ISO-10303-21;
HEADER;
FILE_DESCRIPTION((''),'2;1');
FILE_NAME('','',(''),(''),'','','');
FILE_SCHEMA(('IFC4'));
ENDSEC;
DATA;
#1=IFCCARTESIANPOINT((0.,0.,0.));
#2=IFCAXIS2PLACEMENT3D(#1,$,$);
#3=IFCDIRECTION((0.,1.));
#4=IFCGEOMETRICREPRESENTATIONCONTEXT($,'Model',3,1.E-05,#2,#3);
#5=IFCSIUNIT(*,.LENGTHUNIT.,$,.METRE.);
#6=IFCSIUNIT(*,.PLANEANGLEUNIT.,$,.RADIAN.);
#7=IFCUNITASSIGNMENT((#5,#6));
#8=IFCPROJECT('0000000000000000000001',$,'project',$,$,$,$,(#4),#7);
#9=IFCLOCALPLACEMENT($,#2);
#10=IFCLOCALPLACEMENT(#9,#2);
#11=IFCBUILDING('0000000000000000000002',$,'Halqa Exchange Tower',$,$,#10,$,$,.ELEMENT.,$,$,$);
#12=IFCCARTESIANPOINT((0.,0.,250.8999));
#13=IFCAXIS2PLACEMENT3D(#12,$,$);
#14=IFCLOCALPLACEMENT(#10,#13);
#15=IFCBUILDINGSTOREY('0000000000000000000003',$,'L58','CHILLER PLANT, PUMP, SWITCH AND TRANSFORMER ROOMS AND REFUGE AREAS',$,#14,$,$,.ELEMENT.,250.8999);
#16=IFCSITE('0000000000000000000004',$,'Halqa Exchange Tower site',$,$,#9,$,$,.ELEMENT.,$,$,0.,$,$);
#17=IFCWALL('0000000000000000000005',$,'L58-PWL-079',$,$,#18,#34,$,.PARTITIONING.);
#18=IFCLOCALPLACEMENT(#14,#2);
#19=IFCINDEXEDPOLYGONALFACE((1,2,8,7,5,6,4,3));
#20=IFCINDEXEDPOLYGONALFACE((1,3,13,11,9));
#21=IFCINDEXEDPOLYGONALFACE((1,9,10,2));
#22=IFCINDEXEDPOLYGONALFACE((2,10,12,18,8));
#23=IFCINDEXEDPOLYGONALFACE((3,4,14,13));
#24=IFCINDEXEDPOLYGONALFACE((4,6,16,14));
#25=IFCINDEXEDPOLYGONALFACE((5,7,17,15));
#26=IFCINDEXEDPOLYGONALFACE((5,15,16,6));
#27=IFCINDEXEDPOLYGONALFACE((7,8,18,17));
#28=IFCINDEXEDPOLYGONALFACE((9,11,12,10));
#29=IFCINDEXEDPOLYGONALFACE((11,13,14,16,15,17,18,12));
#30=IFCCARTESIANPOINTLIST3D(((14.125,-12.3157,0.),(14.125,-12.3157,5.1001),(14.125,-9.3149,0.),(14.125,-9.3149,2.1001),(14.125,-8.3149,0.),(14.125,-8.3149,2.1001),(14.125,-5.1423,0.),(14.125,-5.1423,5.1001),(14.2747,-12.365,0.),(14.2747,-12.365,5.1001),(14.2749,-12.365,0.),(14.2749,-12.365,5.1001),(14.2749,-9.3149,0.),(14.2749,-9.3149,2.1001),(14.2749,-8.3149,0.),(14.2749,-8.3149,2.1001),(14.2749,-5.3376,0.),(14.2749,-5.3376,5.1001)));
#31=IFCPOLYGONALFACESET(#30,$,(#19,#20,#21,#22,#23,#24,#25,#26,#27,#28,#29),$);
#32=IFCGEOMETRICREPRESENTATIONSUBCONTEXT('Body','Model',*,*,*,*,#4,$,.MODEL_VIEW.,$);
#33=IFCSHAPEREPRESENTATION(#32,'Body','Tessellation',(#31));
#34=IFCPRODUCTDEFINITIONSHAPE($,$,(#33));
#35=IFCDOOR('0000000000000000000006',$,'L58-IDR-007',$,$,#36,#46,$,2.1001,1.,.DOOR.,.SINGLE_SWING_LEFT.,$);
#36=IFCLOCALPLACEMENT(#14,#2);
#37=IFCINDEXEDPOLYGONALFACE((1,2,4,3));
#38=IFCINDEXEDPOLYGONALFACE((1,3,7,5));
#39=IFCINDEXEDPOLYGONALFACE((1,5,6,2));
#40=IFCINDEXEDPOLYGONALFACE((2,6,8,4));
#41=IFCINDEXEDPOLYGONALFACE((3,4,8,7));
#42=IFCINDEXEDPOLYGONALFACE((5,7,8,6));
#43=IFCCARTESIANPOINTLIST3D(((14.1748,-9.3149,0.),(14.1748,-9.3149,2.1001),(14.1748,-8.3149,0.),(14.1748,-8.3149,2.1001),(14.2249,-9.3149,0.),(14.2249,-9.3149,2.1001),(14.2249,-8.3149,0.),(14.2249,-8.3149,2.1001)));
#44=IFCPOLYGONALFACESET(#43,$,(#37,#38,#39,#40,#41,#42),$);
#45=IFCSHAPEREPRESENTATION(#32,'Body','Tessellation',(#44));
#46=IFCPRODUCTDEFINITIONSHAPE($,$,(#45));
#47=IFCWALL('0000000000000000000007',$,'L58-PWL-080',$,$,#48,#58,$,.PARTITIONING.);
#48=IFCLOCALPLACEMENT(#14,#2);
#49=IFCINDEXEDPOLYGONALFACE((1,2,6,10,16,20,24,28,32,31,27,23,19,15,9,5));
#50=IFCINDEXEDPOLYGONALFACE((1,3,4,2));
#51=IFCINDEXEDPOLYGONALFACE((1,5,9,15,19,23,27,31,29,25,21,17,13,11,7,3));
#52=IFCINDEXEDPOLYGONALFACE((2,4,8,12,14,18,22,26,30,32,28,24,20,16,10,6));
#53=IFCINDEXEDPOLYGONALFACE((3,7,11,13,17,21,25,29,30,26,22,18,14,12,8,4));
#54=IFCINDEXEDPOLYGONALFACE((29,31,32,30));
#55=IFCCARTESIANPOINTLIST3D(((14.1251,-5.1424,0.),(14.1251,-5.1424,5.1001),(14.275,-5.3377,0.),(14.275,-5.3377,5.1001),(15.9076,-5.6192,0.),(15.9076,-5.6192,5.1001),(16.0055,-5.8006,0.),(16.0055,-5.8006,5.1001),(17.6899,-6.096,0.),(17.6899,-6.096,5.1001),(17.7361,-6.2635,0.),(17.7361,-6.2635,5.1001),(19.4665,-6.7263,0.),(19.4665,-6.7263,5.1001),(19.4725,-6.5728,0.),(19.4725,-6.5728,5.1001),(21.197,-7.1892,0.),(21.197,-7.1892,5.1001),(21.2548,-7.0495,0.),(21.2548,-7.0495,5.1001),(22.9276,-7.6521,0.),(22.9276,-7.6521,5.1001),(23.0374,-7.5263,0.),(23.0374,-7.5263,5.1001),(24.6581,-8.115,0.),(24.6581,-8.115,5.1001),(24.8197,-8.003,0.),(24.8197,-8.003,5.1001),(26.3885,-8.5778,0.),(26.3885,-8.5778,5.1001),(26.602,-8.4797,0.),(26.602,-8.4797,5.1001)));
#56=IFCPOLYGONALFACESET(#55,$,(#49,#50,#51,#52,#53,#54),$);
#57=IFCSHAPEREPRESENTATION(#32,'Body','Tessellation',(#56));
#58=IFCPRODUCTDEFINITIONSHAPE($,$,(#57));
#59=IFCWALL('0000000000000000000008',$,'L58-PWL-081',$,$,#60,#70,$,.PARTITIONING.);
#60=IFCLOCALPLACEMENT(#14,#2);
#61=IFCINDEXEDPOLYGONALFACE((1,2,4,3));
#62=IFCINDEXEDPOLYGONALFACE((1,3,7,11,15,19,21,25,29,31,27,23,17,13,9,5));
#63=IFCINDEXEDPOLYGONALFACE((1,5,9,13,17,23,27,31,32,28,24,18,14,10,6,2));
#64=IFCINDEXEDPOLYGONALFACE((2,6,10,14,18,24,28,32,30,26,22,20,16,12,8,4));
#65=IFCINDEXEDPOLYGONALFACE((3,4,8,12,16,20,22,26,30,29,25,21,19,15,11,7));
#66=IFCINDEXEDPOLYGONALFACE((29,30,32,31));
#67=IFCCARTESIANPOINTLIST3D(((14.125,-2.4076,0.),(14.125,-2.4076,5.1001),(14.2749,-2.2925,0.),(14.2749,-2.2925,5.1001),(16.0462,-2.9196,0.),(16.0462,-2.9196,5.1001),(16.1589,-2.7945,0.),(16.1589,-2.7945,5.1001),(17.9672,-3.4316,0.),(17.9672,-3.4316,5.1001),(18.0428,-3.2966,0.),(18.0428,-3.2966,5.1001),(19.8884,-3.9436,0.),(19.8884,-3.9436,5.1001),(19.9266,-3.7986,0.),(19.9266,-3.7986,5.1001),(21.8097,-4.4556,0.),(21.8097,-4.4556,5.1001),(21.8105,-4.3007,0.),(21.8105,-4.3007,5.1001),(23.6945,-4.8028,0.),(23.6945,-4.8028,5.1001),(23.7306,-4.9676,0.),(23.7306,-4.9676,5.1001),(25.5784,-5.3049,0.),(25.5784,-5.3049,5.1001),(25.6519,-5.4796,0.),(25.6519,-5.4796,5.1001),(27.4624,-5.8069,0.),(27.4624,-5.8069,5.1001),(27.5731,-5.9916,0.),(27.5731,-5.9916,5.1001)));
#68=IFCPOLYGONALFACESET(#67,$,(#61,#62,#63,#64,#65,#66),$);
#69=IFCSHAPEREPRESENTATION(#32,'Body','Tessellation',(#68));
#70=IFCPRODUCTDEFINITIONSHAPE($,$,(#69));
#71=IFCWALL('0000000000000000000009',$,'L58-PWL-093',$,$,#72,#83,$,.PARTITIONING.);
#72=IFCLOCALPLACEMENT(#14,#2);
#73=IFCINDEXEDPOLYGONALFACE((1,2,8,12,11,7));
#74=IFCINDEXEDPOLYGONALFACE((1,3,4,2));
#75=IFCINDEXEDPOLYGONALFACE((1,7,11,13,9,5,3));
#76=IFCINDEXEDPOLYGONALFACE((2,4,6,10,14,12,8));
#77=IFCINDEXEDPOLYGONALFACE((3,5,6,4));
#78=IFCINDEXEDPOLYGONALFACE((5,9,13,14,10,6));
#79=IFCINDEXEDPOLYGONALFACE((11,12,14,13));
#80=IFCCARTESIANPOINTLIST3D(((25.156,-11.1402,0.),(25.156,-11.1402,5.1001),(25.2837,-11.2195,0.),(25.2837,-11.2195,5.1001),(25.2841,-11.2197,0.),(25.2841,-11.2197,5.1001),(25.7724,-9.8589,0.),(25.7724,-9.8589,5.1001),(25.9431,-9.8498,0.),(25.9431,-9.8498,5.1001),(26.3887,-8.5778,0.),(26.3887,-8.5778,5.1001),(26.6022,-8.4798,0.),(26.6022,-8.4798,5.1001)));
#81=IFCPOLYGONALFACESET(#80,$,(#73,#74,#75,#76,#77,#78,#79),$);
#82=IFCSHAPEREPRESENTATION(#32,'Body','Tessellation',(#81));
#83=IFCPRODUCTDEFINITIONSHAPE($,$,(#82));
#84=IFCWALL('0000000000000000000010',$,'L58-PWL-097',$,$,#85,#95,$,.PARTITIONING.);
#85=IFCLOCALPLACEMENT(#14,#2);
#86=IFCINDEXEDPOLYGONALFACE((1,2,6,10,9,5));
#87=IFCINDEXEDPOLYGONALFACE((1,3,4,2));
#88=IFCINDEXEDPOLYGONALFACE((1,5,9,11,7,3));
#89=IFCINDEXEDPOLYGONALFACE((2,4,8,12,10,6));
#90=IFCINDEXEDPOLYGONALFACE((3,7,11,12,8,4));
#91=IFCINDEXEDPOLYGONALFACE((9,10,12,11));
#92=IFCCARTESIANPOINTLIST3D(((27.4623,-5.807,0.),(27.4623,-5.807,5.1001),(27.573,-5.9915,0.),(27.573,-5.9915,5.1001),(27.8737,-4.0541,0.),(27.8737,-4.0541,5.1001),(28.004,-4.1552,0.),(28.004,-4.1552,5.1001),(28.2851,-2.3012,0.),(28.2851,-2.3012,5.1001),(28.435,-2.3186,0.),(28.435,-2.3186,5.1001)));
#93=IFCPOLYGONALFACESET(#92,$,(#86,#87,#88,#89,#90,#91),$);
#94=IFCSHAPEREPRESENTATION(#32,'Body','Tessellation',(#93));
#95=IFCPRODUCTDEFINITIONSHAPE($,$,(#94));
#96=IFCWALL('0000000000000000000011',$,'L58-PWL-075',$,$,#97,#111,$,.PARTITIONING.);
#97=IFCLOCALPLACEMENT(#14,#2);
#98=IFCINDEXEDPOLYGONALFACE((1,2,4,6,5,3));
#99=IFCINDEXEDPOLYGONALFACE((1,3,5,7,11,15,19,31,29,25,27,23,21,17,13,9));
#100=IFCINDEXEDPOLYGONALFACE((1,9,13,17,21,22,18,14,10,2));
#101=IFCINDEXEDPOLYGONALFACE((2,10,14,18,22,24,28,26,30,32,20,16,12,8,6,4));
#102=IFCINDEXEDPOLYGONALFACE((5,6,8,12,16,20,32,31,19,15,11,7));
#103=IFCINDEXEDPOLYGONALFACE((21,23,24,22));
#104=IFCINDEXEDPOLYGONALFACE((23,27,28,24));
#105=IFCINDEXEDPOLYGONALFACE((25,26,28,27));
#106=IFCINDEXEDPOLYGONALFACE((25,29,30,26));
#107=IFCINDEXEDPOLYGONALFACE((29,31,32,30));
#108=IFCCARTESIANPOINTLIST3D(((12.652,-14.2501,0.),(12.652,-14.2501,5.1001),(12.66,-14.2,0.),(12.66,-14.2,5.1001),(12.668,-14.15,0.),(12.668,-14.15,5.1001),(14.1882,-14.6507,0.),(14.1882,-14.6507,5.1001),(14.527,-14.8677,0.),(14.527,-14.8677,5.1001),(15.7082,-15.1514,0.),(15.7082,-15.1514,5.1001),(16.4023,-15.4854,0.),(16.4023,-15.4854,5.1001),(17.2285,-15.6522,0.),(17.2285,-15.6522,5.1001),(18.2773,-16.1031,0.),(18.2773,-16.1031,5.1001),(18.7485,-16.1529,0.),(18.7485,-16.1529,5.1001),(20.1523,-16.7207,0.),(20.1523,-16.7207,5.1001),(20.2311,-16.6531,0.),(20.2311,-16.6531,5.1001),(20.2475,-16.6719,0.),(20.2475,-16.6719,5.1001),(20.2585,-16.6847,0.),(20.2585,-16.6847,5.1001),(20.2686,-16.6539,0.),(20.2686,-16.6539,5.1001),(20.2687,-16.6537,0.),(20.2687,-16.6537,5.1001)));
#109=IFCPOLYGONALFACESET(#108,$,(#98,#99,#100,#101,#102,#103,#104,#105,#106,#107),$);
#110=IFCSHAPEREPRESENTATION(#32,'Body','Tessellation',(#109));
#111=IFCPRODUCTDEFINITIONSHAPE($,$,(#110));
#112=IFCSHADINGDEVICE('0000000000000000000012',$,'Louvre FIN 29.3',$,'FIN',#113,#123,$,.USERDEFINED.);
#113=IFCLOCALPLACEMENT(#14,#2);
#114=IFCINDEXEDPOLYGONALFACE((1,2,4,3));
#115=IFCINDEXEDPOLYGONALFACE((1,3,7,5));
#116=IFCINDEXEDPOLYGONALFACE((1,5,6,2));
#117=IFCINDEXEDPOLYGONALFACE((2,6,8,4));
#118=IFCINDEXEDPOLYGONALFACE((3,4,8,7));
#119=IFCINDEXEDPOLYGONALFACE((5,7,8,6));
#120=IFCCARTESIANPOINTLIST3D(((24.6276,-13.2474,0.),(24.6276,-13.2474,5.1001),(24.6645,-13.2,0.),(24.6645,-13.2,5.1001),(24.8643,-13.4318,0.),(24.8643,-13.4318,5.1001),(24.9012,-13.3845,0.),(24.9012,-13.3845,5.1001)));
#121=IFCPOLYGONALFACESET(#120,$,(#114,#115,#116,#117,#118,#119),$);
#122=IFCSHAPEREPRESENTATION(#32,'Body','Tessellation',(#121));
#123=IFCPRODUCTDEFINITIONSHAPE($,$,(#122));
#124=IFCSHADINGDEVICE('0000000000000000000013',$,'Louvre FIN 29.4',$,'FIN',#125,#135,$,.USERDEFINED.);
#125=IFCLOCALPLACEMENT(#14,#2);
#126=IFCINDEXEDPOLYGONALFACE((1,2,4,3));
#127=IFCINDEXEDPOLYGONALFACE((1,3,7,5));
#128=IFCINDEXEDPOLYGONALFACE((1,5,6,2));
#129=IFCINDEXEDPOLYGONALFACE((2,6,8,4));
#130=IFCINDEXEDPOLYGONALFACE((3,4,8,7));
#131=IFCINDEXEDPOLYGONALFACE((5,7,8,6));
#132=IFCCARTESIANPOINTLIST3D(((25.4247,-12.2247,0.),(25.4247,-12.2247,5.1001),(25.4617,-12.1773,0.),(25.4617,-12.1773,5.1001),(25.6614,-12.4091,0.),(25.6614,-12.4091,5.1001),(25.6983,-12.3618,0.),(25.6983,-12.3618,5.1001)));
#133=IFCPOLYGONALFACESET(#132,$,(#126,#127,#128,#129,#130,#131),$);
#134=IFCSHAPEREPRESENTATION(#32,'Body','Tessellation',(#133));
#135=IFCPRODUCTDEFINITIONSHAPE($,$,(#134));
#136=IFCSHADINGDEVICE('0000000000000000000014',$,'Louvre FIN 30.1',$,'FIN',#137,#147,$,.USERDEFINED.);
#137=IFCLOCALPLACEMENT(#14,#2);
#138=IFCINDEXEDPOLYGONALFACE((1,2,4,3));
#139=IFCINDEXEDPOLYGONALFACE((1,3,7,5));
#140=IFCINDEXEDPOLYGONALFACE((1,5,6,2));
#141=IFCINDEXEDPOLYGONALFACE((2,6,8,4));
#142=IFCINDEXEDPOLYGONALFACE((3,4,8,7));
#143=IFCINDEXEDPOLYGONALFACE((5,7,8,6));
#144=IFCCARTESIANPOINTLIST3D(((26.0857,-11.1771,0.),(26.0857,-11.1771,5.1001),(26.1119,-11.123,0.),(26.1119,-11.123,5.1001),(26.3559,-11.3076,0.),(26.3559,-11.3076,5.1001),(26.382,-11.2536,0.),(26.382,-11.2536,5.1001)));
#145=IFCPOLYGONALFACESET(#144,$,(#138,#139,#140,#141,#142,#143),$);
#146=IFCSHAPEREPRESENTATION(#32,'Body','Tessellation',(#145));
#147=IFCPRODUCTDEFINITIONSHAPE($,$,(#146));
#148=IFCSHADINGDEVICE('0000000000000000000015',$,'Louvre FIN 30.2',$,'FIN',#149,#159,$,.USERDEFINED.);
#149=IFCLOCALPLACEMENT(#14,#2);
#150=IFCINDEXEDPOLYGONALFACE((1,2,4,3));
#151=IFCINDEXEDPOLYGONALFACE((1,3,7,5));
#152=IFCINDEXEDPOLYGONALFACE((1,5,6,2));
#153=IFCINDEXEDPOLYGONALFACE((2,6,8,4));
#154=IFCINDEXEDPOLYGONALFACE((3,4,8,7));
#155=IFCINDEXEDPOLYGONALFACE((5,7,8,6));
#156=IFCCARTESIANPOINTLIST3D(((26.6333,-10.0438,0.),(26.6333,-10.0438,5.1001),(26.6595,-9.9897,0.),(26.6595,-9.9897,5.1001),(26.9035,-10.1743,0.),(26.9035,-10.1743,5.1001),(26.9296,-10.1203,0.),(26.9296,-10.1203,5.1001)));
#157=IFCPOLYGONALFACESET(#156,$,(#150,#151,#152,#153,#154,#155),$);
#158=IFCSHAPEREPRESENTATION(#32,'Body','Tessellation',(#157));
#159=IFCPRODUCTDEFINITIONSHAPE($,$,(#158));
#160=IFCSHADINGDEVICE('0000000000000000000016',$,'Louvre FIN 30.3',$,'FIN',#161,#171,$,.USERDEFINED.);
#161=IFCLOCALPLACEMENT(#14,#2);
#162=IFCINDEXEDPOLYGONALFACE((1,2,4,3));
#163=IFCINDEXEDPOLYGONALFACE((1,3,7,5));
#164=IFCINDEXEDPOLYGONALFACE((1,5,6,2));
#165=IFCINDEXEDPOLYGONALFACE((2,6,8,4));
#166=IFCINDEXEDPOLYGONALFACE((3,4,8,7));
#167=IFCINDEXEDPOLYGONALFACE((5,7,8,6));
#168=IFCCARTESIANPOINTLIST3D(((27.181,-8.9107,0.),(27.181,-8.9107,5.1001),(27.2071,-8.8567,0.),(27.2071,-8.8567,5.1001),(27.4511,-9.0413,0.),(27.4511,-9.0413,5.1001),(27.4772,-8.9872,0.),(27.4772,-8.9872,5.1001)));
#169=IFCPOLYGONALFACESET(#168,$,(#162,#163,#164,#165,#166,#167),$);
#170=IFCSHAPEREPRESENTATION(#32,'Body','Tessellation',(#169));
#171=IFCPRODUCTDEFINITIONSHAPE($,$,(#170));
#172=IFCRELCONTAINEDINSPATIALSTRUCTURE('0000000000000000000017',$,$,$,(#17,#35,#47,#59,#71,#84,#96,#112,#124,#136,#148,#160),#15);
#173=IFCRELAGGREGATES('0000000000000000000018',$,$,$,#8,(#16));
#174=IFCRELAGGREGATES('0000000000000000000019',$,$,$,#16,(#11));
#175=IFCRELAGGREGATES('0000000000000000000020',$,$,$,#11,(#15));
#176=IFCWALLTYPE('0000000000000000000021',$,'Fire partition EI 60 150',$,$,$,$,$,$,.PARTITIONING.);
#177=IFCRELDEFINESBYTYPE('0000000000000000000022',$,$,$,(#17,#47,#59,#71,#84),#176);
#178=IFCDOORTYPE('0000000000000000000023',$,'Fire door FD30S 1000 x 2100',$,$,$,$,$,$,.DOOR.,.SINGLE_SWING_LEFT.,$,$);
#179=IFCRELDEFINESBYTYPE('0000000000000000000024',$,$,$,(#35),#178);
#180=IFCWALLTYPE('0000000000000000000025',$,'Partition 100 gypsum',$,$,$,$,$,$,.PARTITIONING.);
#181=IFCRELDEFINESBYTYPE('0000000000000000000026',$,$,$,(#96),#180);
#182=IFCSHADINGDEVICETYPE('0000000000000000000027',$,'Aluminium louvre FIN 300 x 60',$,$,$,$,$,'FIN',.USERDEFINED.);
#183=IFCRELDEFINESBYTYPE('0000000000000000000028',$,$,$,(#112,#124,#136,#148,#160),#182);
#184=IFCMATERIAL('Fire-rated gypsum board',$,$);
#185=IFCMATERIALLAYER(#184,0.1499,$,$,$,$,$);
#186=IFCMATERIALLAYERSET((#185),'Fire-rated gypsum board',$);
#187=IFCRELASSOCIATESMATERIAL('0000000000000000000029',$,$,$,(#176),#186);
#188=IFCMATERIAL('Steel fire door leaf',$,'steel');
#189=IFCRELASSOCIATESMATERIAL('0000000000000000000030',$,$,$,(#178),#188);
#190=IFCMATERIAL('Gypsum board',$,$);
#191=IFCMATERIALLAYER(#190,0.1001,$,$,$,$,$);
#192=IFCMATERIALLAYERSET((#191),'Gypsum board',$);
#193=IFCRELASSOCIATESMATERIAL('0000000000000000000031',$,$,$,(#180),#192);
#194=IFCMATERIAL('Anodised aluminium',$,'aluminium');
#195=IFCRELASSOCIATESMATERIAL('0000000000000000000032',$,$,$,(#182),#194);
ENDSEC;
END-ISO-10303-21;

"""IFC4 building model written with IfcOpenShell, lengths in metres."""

from ifc_helpers import new_model, si_unit, direction, frame, frame_2d, origin, origin_2d, place, context, subcontext, project, spatial, polyline, rectangle, outline, extrude, material, layer, layer_set, material_profile, profile_set, type_object, element, fill, save


model = new_model("IFC4")

# Units and contexts
model_context = context("Model", 3, precision=1e-05, world=origin(), true_north=direction((0.0, 1.0)))
body_context = subcontext(model_context, "Body", "Model", "MODEL_VIEW")
ifc_project = project(units=[si_unit("LENGTHUNIT", "METRE"), si_unit("PLANEANGLEUNIT", "RADIAN")], contexts=[model_context])

# Site, building, storey
site_placement = place(None, origin())
site = spatial("IfcSite", under=ifc_project, at=site_placement, Name="Halqa Exchange Tower site", CompositionType="ELEMENT", RefElevation=0.0)
building_placement = place(site_placement, origin())
building = spatial("IfcBuilding", under=site, at=building_placement, Name="Halqa Exchange Tower", CompositionType="ELEMENT")
storey_placement = place(building_placement, frame((0.0, 0.0, 250.8999)))
storey = spatial("IfcBuildingStorey", under=building, at=storey_placement, Name="L58", Description="CHILLER PLANT, PUMP, SWITCH AND TRANSFORMER ROOMS AND REFUGE AREAS", CompositionType="ELEMENT", Elevation=250.8999)

# Wall, opening, door
ifc_material_1 = material(Name="Fire-rated gypsum board")
ifc_layer_1 = layer(ifc_material_1, 0.1499)
ifc_layer_set_1 = layer_set([ifc_layer_1], Name="Fire-rated gypsum board")
wall_type_1 = type_object("IfcWallType", Name="Fire partition EI 60 150", PredefinedType="PARTITIONING", material=ifc_layer_set_1)
wall_1_placement = place(storey_placement, frame((14.2, -5.1423, 0.0), z_axis=(0.0, 0.0, 1.0), x_axis=(0.0, -1.0, 0.0)))
wall_1 = element("IfcWall", 1, at=wall_1_placement, inside=storey, type_object=wall_type_1, Name="L58-PWL-079", PredefinedType="PARTITIONING", context=body_context, shape_type="SweptSolid", body=[
    extrude(outline(polyline([(0.0, -0.075), (1.7932, -0.075), (3.5867, -0.075), (5.3799, -0.075), (7.1733, -0.075), (7.2227, 0.0747), (7.2227, 0.075), (5.4658, 0.075), (3.709, 0.075), (1.9521, 0.075), (0.1953, 0.075), (0.0977, 0.0), (0.0, -0.075), (0.0, -0.075)])), origin(), (0.0, 0.0, 1.0), 5.1001),
])
opening_placement = place(wall_1_placement, frame((3.1726, 0.0, 0.0)))
opening = element("IfcOpeningElement", 2, at=opening_placement, cuts=wall_1, PredefinedType="OPENING", context=body_context, shape_type="SweptSolid", body=[
    extrude(rectangle(XDim=1.0, YDim=2.1001, at=frame_2d((0.5, 1.05))), frame((0.0, 0.0869, 0.0), z_axis=(0.0, -1.0, 0.0), x_axis=(1.0, 0.0, 0.0)), (0.0, 0.0, 1.0), 0.1738),
])
ifc_material_2 = material(Name="Steel fire door leaf", Category="steel")
door_type = type_object("IfcDoorType", Name="Fire door FD30S 1000 x 2100", OperationType="SINGLE_SWING_LEFT", PredefinedType="DOOR", material=ifc_material_2)
door_placement = place(opening_placement, origin())
door = element("IfcDoor", 3, at=door_placement, inside=storey, type_object=door_type, Name="L58-IDR-007", OperationType="SINGLE_SWING_LEFT", OverallHeight=2.1001, OverallWidth=1.0, PredefinedType="DOOR", context=body_context, shape_type="SweptSolid", body=[
    extrude(rectangle(XDim=1.0, YDim=2.1001, at=frame_2d((0.5, 1.05))), frame((0.0, 0.0249, 0.0), z_axis=(0.0, -1.0, 0.0), x_axis=(1.0, 0.0, 0.0)), (0.0, 0.0, 1.0), 0.05),
])
fill(opening, door)

# Walls
wall_2_placement = place(storey_placement, frame((14.1057, -5.2148, 0.0), z_axis=(0.0, 0.0, 1.0), x_axis=(0.96604, -0.258394, 0.0)))
element("IfcWall", 4, at=wall_2_placement, inside=storey, type_object=wall_type_1, Name="L58-PWL-080", PredefinedType="PARTITIONING", context=body_context, shape_type="SweptSolid", body=[
    extrude(outline(polyline([(0.1953, -0.075), (1.9866, -0.075), (3.7781, -0.075), (5.5693, -0.075), (7.3606, -0.075), (9.1521, -0.075), (10.9434, -0.075), (12.7346, -0.075), (12.9155, 0.075), (11.0706, 0.075), (9.2256, 0.075), (7.3804, 0.075), (5.5354, 0.075), (3.6902, 0.075), (1.8452, 0.075), (0.0, 0.075), (0.1953, -0.075)])), origin(), (0.0, 0.0, 1.0), 5.1001),
])
wall_3_placement = place(storey_placement, frame((14.1443, -2.3352, 0.0), z_axis=(0.0, 0.0, 1.0), x_axis=(0.966275, -0.257514, 0.0)))
element("IfcWall", 5, at=wall_3_placement, inside=storey, type_object=wall_type_1, Name="L58-PWL-081", PredefinedType="PARTITIONING", context=body_context, shape_type="SweptSolid", body=[
    extrude(outline(polyline([(0.0, -0.075), (1.9883, -0.075), (3.9763, -0.075), (5.9646, -0.075), (7.9529, -0.075), (9.9409, -0.075), (11.9292, -0.075), (13.9175, -0.075), (13.7629, 0.075), (11.8132, 0.075), (9.8635, 0.075), (7.9138, 0.075), (5.9641, 0.075), (4.0146, 0.075), (2.0649, 0.075), (0.1152, 0.075), (0.0, -0.075)])), origin(), (0.0, 0.0, 1.0), 5.1001),
])
wall_4_placement = place(storey_placement, frame((25.2166, -11.1873, 0.0), z_axis=(0.0, 0.0, 1.0), x_axis=(0.433511, 0.901148, 0.0)))
element("IfcWall", 6, at=wall_4_placement, inside=storey, type_object=wall_type_1, Name="L58-PWL-093", PredefinedType="PARTITIONING", context=body_context, shape_type="SweptSolid", body=[
    extrude(outline(polyline([(3.0405, -0.075), (3.0405, -0.075), (2.8596, 0.075), (1.438, 0.075), (0.0161, 0.075), (0.0, -0.0745), (0.0, -0.075), (1.5203, -0.075), (3.0405, -0.075)])), origin(), (0.0, 0.0, 1.0), 5.1001),
])
wall_5_placement = place(storey_placement, frame((27.5, -5.9746, 0.0), z_axis=(0.0, 0.0, 1.0), x_axis=(0.228487, 0.973547, 0.0)))
element("IfcWall", 7, at=wall_5_placement, inside=storey, type_object=wall_type_1, Name="L58-PWL-097", PredefinedType="PARTITIONING", context=body_context, shape_type="SweptSolid", body=[
    extrude(outline(polyline([(0.0002, -0.075), (1.8865, -0.075), (3.7729, -0.075), (3.7556, 0.075), (1.9551, 0.075), (0.1545, 0.075), (0.0002, -0.075)])), origin(), (0.0, 0.0, 1.0), 5.1001),
])
ifc_material_3 = material(Name="Gypsum board")
ifc_layer_2 = layer(ifc_material_3, 0.1001)
ifc_layer_set_2 = layer_set([ifc_layer_2], Name="Gypsum board")
wall_type_2 = type_object("IfcWallType", Name="Partition 100 gypsum", PredefinedType="PARTITIONING", material=ifc_layer_set_2)
wall_6_placement = place(storey_placement, frame((12.6523, -14.1975, 0.0), z_axis=(0.0, 0.0, 1.0), x_axis=(0.949797, -0.312867, 0.0)))
element("IfcWall", 8, at=wall_6_placement, inside=storey, type_object=wall_type_2, Name="L58-PWL-075", PredefinedType="PARTITIONING", context=body_context, shape_type="SweptSolid", body=[
    extrude(outline(polyline([(0.0161, -0.05), (1.9902, -0.05), (3.9646, -0.05), (5.9387, -0.05), (7.9128, -0.05), (7.9666, 0.0388), (8.0024, 0.0173), (8.0024, 0.0173), (7.988, 0.0261), (8.0024, 0.0498), (8.0024, 0.05), (6.4019, 0.05), (4.8015, 0.05), (3.2009, 0.05), (1.6006, 0.05), (0.0, 0.05), (0.0081, 0.0), (0.0161, -0.05), (0.0161, -0.05), (0.0161, -0.05)])), origin(), (0.0, 0.0, 1.0), 5.1001),
])

# Shading devices
ifc_material_4 = material(Name="Anodised aluminium", Category="aluminium")
ifc_material_profile_1 = material_profile(ifc_material_4, rectangle(XDim=0.3, YDim=0.0601, at=origin_2d()), Name="AL FIN 300x60")
ifc_profile_set_1 = profile_set([ifc_material_profile_1], Name="Anodised aluminium")
shading_device_type = type_object("IfcShadingDeviceType", Name="Aluminium louvre FIN 300 x 60", ElementType="FIN", PredefinedType="USERDEFINED", material=ifc_profile_set_1)
for number, where, z_axis, x_axis, name in (
    (9, (24.7644, -13.3159, 0.0), (0.0, 0.0, 1.0), (-0.78867, 0.614817, 0.0), "Louvre FIN 29.3"),
    (10, (25.5615, -12.2932, 0.0), (0.0, 0.0, 1.0), (-0.78867, 0.614817, 0.0), "Louvre FIN 29.4"),
    (11, (26.2339, -11.2153, 0.0), (0.0, 0.0, 1.0), (-0.900386, 0.435093, 0.0), "Louvre FIN 30.1"),
    (12, (26.7815, -10.082, 0.0), (0.0, 0.0, 1.0), (-0.900386, 0.435093, 0.0), "Louvre FIN 30.2"),
    (13, (27.3291, -8.949, 0.0), (0.0, 0.0, 1.0), (-0.900386, 0.435093, 0.0), "Louvre FIN 30.3"),
):
    element("IfcShadingDevice", number, at=place(storey_placement, frame(where, z_axis=z_axis, x_axis=x_axis)), inside=storey, type_object=shading_device_type, Name=name, ObjectType="FIN", PredefinedType="USERDEFINED", context=body_context, shape_type="SweptSolid", body=[
        extrude(rectangle(XDim=0.3, YDim=0.0601, at=origin_2d()), origin(), (0.0, 0.0, 1.0), 5.1001),
    ])

save(model, "model.ifc")
